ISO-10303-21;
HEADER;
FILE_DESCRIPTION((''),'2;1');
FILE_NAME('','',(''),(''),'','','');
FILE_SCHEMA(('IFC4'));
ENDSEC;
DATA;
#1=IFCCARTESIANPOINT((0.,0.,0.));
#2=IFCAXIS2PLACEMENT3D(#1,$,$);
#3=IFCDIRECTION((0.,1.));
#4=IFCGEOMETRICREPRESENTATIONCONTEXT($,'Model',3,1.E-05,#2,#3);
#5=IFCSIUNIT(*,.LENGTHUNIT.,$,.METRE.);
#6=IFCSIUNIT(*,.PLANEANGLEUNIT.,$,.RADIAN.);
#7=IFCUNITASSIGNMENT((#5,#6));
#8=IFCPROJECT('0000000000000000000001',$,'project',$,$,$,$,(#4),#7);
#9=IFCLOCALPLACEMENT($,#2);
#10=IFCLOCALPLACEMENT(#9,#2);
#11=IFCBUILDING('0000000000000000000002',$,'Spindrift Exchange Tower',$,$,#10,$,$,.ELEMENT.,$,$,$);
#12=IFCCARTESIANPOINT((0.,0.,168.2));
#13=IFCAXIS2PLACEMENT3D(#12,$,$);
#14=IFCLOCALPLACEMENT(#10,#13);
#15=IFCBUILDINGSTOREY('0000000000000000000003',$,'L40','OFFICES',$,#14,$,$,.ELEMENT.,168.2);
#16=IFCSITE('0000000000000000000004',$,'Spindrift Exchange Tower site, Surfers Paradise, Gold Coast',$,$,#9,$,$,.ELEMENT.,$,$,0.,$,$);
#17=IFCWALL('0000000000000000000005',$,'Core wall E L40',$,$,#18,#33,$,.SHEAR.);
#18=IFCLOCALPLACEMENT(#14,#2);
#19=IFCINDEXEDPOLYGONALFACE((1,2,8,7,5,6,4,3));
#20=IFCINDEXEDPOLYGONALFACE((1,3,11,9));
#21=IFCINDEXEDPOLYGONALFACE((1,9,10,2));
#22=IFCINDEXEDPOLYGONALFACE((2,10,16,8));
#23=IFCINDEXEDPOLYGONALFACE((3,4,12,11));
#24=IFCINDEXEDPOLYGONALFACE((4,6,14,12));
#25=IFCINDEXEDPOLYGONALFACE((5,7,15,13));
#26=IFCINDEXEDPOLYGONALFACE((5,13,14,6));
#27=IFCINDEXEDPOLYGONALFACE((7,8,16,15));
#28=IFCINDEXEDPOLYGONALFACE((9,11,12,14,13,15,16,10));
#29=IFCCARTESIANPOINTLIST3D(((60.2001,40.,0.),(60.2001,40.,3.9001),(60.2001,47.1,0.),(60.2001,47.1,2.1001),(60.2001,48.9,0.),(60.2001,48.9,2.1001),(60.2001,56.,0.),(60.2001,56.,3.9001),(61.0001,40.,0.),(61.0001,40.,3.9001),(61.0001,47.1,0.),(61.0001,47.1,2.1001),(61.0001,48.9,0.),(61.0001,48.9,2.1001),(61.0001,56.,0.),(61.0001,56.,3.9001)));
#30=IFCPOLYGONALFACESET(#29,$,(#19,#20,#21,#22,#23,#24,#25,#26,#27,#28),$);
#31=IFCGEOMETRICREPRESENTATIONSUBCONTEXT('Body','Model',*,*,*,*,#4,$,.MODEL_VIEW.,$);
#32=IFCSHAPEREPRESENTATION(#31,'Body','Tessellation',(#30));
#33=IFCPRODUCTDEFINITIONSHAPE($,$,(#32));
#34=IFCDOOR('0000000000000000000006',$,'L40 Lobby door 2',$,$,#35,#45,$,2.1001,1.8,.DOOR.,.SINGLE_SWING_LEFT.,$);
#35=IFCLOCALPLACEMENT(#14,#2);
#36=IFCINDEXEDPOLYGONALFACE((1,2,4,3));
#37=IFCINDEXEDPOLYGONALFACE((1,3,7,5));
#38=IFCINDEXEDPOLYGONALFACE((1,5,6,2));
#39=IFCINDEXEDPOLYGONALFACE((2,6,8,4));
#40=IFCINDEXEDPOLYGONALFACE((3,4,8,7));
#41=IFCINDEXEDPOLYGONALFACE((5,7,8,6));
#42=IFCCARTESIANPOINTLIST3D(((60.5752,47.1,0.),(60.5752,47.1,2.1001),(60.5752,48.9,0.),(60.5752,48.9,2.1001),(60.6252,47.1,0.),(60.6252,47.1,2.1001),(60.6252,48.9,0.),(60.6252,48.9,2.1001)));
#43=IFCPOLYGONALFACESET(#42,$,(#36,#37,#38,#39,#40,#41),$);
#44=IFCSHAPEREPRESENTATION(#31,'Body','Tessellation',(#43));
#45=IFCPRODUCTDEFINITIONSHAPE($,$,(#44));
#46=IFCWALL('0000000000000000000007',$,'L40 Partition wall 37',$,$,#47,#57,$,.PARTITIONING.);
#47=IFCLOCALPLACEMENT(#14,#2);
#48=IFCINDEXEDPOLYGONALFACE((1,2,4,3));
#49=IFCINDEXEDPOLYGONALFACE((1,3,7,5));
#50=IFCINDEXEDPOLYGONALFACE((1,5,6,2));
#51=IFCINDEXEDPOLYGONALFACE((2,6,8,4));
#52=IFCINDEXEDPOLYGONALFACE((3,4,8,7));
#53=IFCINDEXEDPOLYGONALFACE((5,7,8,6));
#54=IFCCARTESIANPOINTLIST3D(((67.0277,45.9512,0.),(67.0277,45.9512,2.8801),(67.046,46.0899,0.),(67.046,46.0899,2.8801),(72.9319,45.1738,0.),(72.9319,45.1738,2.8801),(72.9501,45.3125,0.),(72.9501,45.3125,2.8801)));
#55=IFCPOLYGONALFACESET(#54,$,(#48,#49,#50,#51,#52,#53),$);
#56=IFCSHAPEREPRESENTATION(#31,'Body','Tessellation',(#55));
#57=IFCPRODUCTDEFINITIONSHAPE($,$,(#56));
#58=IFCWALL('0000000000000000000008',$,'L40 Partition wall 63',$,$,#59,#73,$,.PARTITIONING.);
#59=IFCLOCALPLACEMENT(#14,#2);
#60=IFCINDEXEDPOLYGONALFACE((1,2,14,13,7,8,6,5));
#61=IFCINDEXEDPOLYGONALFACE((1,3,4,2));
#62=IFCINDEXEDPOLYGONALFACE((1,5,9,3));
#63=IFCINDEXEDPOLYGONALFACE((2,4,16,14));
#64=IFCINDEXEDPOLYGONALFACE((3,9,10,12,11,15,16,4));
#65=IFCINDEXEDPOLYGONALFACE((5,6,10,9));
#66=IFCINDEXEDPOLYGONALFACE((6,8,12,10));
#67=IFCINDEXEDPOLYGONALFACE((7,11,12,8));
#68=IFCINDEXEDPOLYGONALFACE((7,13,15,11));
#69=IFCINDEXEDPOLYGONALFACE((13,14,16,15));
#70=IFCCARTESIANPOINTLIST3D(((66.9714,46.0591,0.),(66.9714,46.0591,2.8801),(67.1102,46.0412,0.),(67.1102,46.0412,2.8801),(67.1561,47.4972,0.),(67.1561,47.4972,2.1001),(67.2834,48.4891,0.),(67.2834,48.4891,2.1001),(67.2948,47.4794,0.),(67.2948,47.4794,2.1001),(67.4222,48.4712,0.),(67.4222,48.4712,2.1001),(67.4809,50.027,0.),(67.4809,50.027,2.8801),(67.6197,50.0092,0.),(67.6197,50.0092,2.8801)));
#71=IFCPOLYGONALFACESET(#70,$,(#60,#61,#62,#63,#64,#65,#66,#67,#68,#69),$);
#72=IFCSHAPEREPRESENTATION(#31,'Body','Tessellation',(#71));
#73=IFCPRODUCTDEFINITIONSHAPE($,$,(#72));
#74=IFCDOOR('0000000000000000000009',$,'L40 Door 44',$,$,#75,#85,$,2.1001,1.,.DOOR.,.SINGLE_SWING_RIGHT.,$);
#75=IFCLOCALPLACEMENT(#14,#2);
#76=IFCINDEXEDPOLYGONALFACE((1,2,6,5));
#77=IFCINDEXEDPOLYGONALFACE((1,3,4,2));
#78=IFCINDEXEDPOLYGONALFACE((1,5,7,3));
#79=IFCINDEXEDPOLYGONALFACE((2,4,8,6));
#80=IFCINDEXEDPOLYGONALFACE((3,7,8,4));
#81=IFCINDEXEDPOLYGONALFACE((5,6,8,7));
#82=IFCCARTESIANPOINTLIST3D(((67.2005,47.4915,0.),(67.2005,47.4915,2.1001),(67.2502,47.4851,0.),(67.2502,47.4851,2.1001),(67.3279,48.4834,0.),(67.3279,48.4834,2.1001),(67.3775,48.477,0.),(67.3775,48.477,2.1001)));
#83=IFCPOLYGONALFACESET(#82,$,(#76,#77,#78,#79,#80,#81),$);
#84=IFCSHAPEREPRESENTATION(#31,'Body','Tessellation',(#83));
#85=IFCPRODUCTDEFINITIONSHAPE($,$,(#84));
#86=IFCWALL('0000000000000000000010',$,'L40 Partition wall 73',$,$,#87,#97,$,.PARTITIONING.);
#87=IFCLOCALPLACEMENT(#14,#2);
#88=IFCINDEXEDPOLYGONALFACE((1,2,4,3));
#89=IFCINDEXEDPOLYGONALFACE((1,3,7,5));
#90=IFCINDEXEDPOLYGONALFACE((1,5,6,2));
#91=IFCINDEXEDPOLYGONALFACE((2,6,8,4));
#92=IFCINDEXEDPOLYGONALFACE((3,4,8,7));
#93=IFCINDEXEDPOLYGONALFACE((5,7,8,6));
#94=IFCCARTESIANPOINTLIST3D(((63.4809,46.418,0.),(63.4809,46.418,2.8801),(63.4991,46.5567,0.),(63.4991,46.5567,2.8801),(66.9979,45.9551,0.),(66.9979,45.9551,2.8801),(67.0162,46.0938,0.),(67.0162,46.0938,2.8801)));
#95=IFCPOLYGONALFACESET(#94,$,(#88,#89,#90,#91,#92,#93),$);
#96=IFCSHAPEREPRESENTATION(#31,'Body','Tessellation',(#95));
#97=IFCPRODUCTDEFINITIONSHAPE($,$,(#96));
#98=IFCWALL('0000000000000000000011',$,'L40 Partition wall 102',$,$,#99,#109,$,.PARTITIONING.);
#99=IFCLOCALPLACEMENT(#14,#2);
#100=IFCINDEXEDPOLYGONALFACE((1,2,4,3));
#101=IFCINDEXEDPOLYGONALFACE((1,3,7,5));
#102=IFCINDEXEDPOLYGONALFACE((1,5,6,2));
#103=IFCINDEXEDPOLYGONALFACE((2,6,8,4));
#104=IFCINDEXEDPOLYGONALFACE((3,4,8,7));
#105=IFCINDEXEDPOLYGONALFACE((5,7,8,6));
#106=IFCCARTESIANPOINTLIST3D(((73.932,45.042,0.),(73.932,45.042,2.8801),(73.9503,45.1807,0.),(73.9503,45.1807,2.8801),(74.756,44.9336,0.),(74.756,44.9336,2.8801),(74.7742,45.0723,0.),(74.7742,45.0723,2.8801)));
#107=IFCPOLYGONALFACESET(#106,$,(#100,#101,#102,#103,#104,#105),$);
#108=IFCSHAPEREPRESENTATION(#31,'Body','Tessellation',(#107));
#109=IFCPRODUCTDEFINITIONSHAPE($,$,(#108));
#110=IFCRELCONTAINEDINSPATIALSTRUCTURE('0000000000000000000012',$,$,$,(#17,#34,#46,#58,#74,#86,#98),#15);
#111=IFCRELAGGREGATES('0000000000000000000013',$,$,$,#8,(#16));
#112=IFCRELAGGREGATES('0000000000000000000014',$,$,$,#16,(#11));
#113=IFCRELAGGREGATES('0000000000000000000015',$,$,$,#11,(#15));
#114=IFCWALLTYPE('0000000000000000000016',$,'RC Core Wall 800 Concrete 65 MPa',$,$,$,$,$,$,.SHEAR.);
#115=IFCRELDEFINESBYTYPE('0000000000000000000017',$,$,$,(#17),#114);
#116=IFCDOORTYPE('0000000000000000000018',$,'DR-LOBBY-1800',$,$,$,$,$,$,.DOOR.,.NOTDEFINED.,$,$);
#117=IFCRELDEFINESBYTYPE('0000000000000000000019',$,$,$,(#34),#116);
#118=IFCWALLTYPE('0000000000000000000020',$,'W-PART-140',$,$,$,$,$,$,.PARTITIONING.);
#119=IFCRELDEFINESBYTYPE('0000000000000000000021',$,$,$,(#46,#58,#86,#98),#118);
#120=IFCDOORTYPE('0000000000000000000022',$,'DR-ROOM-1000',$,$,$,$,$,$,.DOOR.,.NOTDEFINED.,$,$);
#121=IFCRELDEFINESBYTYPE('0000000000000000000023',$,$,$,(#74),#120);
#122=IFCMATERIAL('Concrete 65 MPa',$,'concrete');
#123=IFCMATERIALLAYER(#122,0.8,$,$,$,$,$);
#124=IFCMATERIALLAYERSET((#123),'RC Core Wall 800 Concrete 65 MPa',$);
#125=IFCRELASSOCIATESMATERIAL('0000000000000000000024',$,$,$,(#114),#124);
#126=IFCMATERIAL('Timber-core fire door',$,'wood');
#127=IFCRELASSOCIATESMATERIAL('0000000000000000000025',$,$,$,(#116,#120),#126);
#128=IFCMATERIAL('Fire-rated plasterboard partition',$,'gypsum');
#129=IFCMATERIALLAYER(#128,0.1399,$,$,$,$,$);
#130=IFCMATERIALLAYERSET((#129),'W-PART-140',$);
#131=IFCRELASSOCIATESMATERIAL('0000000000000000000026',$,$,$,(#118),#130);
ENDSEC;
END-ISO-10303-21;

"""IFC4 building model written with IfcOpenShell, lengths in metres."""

from ifc_helpers import new_model, si_unit, direction, frame, frame_2d, origin, place, context, subcontext, project, spatial, rectangle, extrude, source, transform, mapped, material, layer, layer_set, type_object, element, fill, save


model = new_model("IFC4")

# Units and contexts
model_context = context("Model", 3, precision=1e-05, world=origin(), true_north=direction((0.0, 1.0)))
body_context = subcontext(model_context, "Body", "Model", "MODEL_VIEW")
ifc_project = project(units=[si_unit("LENGTHUNIT", "METRE"), si_unit("PLANEANGLEUNIT", "RADIAN")], contexts=[model_context])

# Site, building, storey
site_placement = place(None, origin())
site = spatial("IfcSite", under=ifc_project, at=site_placement, Name="Spindrift Exchange Tower site, Surfers Paradise, Gold Coast", CompositionType="ELEMENT", RefElevation=0.0)
building_placement = place(site_placement, origin())
building = spatial("IfcBuilding", under=site, at=building_placement, Name="Spindrift Exchange Tower", CompositionType="ELEMENT")
storey_placement = place(building_placement, frame((0.0, 0.0, 168.2)))
storey = spatial("IfcBuildingStorey", under=building, at=storey_placement, Name="L40", Description="OFFICES", CompositionType="ELEMENT", Elevation=168.2)

# Wall, opening, door
ifc_material_1 = material(Name="Concrete 65 MPa", Category="concrete")
ifc_layer_1 = layer(ifc_material_1, 0.8)
ifc_layer_set_1 = layer_set([ifc_layer_1], Name="RC Core Wall 800 Concrete 65 MPa")
wall_type_1 = type_object("IfcWallType", Name="RC Core Wall 800 Concrete 65 MPa", PredefinedType="SHEAR", material=ifc_layer_set_1)
wall_1_placement = place(storey_placement, frame((60.6001, 40.0, 0.0), z_axis=(0.0, 0.0, 1.0), x_axis=(0.0, 1.0, 0.0)))
wall_1 = element("IfcWall", 1, at=wall_1_placement, inside=storey, type_object=wall_type_1, Name="Core wall E L40", PredefinedType="SHEAR", context=body_context, shape_type="SweptSolid", body=[
    extrude(rectangle(XDim=16.0, YDim=0.8, at=frame_2d((8.0, 0.0))), origin(), (0.0, 0.0, 1.0), 3.9001),
])
opening_1_placement = place(wall_1_placement, frame((7.1001, 0.0, 0.0)))
opening_1 = element("IfcOpeningElement", 2, at=opening_1_placement, cuts=wall_1, PredefinedType="OPENING", context=body_context, shape_type="SweptSolid", body=[
    extrude(rectangle(XDim=1.8, YDim=2.1001, at=frame_2d((0.8999, 1.05))), frame((0.0, 0.4099, 0.0), z_axis=(0.0, -1.0, 0.0), x_axis=(1.0, 0.0, 0.0)), (0.0, 0.0, 1.0), 0.8201),
])
ifc_material_2 = material(Name="Timber-core fire door", Category="wood")
door_type_1 = type_object("IfcDoorType", Name="DR-LOBBY-1800", OperationType="NOTDEFINED", PredefinedType="DOOR", material=ifc_material_2)
shared_shape_1 = source(origin(), body_context, "Body", "SweptSolid", [
    extrude(rectangle(XDim=1.8, YDim=2.1001, at=frame_2d((0.8999, 1.05))), frame((0.0, 0.0249, 0.0), z_axis=(0.0, -1.0, 0.0), x_axis=(1.0, 0.0, 0.0)), (0.0, 0.0, 1.0), 0.05),
])
door_1_placement = place(opening_1_placement, origin())
door_1 = element("IfcDoor", 3, at=door_1_placement, inside=storey, type_object=door_type_1, Name="L40 Lobby door 2", OperationType="SINGLE_SWING_LEFT", OverallHeight=2.1001, OverallWidth=1.8, PredefinedType="DOOR", context=body_context, shape_type="MappedRepresentation", body=[
    mapped(shared_shape_1, transform((0.0, 0.0, 0.0), scale=1.0)),
])
fill(opening_1, door_1)

# Wall
ifc_material_3 = material(Name="Fire-rated plasterboard partition", Category="gypsum")
ifc_layer_2 = layer(ifc_material_3, 0.1399)
ifc_layer_set_2 = layer_set([ifc_layer_2], Name="W-PART-140")
wall_type_2 = type_object("IfcWallType", Name="W-PART-140", PredefinedType="PARTITIONING", material=ifc_layer_set_2)
wall_2_placement = place(storey_placement, frame((67.0369, 46.0205, 0.0), z_axis=(0.0, 0.0, 1.0), x_axis=(0.991444, -0.130536, 0.0)))
element("IfcWall", 4, at=wall_2_placement, inside=storey, type_object=wall_type_2, Name="L40 Partition wall 37", PredefinedType="PARTITIONING", context=body_context, shape_type="SweptSolid", body=[
    extrude(rectangle(XDim=5.9551, YDim=0.1399, at=frame_2d((2.9775, 0.0))), origin(), (0.0, 0.0, 1.0), 2.8801),
])

# Wall, opening, door
wall_3_placement = place(storey_placement, frame((67.5503, 50.0181, 0.0), z_axis=(0.0, 0.0, 1.0), x_axis=(-0.127361, -0.991856, 0.0)))
wall_3 = element("IfcWall", 5, at=wall_3_placement, inside=storey, type_object=wall_type_2, Name="L40 Partition wall 63", PredefinedType="PARTITIONING", context=body_context, shape_type="SweptSolid", body=[
    extrude(rectangle(XDim=4.0005, YDim=0.1399, at=frame_2d((2.0002, 0.0))), origin(), (0.0, 0.0, 1.0), 2.8801),
])
opening_2_placement = place(wall_3_placement, frame((1.5505, 0.0, 0.0)))
opening_2 = element("IfcOpeningElement", 6, at=opening_2_placement, cuts=wall_3, PredefinedType="OPENING", context=body_context, shape_type="SweptSolid", body=[
    extrude(rectangle(XDim=1.0, YDim=2.1001, at=frame_2d((0.5, 1.05))), frame((0.0, 0.0798, 0.0), z_axis=(0.0, -1.0, 0.0), x_axis=(1.0, 0.0, 0.0)), (0.0, 0.0, 1.0), 0.1599),
])
door_type_2 = type_object("IfcDoorType", Name="DR-ROOM-1000", OperationType="NOTDEFINED", PredefinedType="DOOR", material=ifc_material_2)
shared_shape_2 = source(origin(), body_context, "Body", "SweptSolid", [
    extrude(rectangle(XDim=1.0, YDim=2.1001, at=frame_2d((0.5, 1.05))), frame((0.0, 0.0249, 0.0), z_axis=(0.0, -1.0, 0.0), x_axis=(1.0, 0.0, 0.0)), (0.0, 0.0, 1.0), 0.05),
])
door_2_placement = place(opening_2_placement, origin())
door_2 = element("IfcDoor", 7, at=door_2_placement, inside=storey, type_object=door_type_2, Name="L40 Door 44", OperationType="SINGLE_SWING_RIGHT", OverallHeight=2.1001, OverallWidth=1.0, PredefinedType="DOOR", context=body_context, shape_type="MappedRepresentation", body=[
    mapped(shared_shape_2, transform((0.0, 0.0, 0.0), scale=1.0)),
])
fill(opening_2, door_2)

# Walls
wall_4_placement = place(storey_placement, frame((63.49, 46.4873, 0.0), z_axis=(0.0, 0.0, 1.0), x_axis=(0.99145, -0.130487, 0.0)))
element("IfcWall", 8, at=wall_4_placement, inside=storey, type_object=wall_type_2, Name="L40 Partition wall 73", PredefinedType="PARTITIONING", context=body_context, shape_type="SweptSolid", body=[
    extrude(rectangle(XDim=3.5474, YDim=0.1399, at=frame_2d((1.7737, 0.0))), origin(), (0.0, 0.0, 1.0), 2.8801),
])
wall_5_placement = place(storey_placement, frame((73.9412, 45.1113, 0.0), z_axis=(0.0, 0.0, 1.0), x_axis=(0.991457, -0.130432, 0.0)))
element("IfcWall", 9, at=wall_5_placement, inside=storey, type_object=wall_type_2, Name="L40 Partition wall 102", PredefinedType="PARTITIONING", context=body_context, shape_type="SweptSolid", body=[
    extrude(rectangle(XDim=0.8311, YDim=0.1399, at=frame_2d((0.4155, 0.0))), origin(), (0.0, 0.0, 1.0), 2.8801),
])

save(model, "model.ifc")
